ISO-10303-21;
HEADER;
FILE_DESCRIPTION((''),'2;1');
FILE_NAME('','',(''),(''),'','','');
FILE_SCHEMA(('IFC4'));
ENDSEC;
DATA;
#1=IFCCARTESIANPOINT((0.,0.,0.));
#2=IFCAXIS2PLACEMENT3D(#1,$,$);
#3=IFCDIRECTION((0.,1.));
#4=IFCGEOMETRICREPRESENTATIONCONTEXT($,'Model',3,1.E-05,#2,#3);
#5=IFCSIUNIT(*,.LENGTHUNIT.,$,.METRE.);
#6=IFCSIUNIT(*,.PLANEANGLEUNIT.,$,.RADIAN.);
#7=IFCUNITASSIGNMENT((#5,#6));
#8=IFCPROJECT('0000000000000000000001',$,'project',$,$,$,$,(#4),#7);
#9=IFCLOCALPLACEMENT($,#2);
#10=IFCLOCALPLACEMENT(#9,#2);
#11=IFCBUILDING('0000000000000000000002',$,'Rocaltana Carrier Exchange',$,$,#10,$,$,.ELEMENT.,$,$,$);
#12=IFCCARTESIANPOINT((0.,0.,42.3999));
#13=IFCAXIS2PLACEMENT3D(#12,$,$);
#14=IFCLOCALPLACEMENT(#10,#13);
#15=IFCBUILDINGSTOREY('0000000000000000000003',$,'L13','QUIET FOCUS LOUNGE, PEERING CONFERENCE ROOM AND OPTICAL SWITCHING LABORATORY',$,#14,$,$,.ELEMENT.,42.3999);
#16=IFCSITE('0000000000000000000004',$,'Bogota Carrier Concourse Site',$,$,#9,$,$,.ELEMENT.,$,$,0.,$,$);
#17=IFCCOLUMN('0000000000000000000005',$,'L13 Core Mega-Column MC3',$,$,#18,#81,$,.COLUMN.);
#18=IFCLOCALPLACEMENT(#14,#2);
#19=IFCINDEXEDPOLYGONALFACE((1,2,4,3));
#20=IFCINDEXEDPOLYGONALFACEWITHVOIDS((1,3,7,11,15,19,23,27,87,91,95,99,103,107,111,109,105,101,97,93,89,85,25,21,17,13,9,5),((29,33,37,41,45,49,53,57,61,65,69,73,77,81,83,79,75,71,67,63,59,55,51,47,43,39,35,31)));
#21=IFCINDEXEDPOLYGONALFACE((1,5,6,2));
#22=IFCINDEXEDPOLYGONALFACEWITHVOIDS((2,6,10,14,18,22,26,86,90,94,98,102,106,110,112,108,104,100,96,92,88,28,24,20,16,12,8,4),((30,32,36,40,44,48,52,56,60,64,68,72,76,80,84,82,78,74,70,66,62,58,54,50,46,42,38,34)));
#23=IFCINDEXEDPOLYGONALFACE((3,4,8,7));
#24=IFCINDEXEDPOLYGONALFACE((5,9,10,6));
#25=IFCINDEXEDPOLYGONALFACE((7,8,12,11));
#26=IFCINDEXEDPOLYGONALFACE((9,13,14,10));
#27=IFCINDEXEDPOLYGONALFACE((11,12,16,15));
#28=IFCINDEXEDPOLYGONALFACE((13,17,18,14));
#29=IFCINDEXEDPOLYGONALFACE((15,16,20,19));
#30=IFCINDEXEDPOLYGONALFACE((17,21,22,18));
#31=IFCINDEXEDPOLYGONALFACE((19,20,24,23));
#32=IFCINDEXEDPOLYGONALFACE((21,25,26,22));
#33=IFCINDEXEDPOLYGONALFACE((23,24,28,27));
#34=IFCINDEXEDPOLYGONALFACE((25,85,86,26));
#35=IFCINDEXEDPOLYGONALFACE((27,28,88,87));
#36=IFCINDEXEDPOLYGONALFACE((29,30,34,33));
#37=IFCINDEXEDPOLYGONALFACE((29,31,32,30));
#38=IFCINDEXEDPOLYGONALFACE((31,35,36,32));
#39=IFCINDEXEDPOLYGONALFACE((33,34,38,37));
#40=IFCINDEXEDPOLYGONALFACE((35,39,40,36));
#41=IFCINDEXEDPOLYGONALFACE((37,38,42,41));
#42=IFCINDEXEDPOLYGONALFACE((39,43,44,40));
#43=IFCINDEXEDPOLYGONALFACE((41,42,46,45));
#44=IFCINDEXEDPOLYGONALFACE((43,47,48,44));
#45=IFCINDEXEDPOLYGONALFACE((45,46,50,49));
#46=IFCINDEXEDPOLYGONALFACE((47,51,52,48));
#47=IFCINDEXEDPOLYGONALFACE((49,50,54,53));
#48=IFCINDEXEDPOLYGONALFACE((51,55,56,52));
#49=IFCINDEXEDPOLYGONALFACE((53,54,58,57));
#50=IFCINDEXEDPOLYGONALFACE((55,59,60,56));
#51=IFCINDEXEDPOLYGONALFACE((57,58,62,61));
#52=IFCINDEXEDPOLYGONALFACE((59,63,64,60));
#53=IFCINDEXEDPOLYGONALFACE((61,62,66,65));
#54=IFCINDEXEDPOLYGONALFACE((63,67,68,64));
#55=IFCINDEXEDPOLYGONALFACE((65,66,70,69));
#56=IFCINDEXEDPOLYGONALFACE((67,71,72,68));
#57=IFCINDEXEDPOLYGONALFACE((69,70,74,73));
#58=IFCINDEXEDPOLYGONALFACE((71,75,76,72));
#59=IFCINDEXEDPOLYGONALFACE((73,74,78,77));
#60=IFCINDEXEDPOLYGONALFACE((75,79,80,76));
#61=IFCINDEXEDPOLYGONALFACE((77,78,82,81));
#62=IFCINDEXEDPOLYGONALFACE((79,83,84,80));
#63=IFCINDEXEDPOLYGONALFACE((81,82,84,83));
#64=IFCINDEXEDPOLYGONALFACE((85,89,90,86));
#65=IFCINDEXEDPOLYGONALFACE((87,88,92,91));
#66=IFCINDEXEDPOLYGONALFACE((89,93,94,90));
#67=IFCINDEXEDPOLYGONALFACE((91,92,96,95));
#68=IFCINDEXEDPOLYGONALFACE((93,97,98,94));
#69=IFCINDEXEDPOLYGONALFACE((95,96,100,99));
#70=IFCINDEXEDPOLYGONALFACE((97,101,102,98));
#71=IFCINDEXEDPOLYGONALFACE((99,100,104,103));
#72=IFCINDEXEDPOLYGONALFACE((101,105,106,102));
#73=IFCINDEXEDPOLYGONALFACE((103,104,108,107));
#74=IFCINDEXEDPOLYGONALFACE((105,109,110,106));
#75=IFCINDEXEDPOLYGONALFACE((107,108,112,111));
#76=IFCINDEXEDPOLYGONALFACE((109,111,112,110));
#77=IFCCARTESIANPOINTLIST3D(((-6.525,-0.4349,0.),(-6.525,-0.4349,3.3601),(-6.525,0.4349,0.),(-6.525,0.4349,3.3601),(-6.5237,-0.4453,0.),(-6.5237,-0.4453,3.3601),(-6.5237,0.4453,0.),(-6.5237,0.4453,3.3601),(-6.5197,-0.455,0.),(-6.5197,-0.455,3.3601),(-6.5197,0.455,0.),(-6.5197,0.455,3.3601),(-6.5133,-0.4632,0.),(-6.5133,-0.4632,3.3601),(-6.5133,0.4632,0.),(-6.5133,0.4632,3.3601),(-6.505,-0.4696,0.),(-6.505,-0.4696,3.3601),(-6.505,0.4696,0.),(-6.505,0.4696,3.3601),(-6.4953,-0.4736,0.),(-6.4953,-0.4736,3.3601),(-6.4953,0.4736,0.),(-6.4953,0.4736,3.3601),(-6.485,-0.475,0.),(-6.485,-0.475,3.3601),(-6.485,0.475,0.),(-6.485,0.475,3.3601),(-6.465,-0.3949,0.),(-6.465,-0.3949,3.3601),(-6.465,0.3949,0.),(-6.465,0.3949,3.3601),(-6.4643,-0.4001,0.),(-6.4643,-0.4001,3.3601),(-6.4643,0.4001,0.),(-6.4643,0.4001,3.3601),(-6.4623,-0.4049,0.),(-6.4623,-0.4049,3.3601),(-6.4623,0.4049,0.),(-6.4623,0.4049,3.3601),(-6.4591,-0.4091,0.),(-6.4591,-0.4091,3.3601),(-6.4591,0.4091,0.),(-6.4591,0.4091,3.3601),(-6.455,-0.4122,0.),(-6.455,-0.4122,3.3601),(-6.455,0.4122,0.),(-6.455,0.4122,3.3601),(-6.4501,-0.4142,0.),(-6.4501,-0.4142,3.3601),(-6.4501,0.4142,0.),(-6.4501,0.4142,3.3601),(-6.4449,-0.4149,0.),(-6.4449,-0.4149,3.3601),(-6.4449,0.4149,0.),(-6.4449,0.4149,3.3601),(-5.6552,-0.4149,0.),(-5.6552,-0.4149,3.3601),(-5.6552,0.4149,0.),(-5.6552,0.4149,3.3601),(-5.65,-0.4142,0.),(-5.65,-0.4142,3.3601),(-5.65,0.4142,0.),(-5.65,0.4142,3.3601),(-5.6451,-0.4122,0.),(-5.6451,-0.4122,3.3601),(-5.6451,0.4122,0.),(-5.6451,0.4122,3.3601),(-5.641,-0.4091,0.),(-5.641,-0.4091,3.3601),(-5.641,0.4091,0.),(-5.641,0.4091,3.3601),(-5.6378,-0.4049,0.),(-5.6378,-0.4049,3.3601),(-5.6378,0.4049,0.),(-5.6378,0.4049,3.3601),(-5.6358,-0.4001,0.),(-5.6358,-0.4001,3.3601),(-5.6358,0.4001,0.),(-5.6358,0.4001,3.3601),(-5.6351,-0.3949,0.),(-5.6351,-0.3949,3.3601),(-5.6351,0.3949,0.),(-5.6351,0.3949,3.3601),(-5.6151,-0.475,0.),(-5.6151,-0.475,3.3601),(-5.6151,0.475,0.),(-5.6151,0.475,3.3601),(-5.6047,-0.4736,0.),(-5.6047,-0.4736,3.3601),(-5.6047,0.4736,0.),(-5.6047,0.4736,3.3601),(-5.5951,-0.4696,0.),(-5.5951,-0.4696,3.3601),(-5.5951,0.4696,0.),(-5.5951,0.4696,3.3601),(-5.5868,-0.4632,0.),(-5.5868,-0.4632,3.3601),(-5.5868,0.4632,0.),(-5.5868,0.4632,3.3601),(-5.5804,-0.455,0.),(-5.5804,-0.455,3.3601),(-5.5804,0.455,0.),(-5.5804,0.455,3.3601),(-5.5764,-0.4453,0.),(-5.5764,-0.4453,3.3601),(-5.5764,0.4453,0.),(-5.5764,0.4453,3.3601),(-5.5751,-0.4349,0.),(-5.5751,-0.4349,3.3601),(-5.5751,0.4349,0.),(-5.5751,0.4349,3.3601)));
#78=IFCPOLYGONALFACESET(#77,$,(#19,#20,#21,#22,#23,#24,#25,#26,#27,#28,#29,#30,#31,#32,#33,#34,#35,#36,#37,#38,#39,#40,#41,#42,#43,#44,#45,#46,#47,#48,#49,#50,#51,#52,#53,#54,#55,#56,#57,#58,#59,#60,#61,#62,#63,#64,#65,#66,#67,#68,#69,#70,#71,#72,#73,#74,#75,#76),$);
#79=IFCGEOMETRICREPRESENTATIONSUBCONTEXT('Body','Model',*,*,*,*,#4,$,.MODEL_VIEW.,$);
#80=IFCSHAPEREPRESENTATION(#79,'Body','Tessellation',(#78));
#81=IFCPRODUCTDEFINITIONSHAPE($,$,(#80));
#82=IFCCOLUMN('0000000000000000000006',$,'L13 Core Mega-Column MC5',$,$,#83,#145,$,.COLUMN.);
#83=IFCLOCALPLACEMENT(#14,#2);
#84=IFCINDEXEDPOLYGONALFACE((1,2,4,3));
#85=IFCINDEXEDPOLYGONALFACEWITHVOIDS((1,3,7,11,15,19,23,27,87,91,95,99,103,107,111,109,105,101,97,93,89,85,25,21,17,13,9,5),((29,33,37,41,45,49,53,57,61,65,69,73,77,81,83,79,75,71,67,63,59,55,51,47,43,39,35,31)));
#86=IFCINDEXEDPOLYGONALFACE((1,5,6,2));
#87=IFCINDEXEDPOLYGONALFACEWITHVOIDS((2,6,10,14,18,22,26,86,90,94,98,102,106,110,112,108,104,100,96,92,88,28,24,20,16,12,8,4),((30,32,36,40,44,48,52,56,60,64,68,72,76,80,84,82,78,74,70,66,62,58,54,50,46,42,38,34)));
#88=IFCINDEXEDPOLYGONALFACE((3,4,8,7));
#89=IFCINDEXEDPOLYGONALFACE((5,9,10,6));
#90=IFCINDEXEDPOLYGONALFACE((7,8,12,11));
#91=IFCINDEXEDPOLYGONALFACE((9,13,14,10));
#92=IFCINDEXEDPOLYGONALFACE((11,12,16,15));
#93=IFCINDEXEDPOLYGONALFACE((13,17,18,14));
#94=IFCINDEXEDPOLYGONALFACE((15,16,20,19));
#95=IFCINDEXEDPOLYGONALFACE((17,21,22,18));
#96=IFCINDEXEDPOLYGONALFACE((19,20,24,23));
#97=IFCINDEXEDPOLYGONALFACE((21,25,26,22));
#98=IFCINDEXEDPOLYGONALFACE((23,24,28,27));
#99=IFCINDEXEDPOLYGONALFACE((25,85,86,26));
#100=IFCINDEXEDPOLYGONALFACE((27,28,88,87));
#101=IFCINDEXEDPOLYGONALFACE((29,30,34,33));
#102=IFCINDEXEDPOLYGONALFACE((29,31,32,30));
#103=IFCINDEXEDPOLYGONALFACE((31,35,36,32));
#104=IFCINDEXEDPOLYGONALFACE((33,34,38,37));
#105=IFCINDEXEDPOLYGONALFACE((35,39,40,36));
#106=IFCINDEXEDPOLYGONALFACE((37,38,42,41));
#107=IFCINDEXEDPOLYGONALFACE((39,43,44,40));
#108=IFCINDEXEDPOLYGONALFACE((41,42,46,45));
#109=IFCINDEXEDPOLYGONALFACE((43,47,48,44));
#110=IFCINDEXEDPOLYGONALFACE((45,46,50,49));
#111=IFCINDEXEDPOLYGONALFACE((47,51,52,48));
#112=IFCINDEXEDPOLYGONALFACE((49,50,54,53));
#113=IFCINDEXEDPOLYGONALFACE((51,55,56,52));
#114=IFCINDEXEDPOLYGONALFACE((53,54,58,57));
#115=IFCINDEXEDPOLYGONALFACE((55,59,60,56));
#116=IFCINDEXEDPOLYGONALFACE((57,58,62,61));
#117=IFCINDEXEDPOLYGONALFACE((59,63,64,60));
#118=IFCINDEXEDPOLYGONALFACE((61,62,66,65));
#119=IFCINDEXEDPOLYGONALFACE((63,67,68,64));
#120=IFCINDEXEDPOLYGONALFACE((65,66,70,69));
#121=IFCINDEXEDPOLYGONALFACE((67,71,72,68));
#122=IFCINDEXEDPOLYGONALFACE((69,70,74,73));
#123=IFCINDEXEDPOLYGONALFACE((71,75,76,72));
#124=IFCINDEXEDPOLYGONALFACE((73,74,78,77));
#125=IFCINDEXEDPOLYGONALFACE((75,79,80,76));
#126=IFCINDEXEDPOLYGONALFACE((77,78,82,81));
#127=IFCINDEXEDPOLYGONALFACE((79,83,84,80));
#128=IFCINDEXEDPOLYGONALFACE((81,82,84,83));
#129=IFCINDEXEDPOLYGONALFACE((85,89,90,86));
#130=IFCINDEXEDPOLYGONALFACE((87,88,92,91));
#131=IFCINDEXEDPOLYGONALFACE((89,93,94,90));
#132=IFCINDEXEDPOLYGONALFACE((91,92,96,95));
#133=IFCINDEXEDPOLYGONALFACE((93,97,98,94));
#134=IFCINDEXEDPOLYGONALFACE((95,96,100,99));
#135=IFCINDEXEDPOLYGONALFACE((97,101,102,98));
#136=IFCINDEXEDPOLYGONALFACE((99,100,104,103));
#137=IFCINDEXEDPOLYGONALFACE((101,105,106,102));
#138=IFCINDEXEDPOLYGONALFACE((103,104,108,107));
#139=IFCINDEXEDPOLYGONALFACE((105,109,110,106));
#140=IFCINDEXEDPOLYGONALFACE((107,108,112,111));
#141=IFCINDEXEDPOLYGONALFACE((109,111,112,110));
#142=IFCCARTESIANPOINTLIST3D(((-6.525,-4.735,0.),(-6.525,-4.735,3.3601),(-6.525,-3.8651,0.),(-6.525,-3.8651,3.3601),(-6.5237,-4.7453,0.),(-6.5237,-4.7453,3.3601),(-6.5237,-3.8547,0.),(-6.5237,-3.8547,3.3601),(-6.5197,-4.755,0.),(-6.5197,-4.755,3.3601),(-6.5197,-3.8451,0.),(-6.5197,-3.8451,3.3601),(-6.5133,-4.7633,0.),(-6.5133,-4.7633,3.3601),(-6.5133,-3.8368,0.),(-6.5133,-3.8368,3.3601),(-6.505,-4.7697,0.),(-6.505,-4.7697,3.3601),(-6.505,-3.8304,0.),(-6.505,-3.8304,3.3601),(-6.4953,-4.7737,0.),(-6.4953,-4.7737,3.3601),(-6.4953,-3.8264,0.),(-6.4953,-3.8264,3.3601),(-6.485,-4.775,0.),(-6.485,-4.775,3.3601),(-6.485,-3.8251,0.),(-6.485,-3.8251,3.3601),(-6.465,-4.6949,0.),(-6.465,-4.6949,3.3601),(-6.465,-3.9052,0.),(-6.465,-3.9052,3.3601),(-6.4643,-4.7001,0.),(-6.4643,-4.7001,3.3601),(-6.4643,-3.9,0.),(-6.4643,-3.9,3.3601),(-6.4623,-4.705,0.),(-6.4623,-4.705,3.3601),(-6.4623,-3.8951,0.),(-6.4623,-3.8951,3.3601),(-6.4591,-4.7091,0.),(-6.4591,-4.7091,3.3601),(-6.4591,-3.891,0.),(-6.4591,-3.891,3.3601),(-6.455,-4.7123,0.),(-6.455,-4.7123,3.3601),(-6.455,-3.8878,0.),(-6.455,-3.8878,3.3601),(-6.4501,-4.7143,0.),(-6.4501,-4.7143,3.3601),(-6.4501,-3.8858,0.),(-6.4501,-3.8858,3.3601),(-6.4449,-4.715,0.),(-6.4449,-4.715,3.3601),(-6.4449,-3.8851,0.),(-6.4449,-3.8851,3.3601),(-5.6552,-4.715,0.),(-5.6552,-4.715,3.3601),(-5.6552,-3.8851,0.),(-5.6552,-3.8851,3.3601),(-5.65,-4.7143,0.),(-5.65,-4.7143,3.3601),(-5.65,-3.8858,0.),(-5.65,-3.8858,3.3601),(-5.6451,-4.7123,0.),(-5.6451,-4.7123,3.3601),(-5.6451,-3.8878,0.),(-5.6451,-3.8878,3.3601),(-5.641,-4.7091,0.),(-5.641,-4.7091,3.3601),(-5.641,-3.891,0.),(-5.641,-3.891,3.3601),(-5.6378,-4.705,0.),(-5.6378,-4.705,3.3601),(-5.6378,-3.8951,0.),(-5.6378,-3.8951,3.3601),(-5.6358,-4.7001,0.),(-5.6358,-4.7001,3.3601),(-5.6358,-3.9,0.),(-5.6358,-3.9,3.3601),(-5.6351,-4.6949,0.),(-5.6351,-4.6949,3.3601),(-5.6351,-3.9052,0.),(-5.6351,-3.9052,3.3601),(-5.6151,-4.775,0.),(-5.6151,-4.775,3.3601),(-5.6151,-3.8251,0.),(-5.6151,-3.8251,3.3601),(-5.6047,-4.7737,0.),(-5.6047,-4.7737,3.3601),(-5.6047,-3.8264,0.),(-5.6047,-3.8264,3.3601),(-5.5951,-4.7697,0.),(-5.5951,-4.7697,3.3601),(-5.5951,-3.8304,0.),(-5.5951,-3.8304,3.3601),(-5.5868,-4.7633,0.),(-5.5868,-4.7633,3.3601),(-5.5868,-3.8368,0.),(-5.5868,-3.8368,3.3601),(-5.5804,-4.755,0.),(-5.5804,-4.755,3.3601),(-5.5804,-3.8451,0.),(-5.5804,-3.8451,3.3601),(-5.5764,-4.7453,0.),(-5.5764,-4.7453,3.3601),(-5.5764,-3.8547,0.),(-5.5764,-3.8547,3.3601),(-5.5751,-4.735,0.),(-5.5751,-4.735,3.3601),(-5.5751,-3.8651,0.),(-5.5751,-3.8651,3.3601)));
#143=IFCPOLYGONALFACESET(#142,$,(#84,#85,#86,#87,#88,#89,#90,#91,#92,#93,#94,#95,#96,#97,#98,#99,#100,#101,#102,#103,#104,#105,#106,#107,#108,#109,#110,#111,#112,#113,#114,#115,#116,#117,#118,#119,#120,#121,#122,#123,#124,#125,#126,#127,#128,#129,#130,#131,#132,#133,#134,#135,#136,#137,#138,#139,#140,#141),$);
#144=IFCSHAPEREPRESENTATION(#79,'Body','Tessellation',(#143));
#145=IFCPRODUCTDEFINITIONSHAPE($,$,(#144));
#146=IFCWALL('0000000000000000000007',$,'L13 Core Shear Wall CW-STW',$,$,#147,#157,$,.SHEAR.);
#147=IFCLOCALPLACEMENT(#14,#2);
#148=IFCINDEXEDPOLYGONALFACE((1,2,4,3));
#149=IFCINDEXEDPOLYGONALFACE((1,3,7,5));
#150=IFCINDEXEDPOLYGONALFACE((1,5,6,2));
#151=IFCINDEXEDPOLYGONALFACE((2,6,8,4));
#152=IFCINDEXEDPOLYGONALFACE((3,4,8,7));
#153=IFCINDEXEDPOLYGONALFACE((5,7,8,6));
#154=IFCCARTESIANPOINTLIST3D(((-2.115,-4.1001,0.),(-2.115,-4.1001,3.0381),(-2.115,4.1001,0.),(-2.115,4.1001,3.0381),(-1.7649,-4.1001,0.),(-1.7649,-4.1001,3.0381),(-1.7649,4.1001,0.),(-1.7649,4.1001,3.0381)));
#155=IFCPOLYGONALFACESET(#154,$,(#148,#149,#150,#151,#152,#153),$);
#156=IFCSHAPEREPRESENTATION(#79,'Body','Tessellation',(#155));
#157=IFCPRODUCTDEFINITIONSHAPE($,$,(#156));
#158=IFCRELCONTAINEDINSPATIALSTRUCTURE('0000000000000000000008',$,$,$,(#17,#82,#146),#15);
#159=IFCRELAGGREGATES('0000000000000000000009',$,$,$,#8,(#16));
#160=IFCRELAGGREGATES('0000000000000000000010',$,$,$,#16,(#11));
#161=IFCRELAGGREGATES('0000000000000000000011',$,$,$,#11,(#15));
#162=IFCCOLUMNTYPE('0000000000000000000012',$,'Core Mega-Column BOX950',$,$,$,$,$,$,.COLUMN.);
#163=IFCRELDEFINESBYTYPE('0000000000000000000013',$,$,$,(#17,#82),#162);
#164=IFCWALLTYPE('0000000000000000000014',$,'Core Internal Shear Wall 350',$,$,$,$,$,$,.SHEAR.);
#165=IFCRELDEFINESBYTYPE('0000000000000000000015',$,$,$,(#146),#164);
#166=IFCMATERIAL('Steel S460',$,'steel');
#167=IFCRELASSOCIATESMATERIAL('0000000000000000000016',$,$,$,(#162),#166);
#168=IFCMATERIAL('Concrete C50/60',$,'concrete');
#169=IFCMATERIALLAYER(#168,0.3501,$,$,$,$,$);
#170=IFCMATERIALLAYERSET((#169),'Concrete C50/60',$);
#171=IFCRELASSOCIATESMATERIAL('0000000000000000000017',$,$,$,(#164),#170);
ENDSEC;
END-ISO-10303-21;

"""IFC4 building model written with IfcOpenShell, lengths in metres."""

from ifc_helpers import new_model, si_unit, direction, frame, frame_2d, origin, origin_2d, place, context, subcontext, project, spatial, rectangle, hollow_rectangle, extrude, material, layer, layer_set, material_profile, profile_set, type_object, element, save


model = new_model("IFC4")

# Units and contexts
model_context = context("Model", 3, precision=1e-05, world=origin(), true_north=direction((0.0, 1.0)))
body_context = subcontext(model_context, "Body", "Model", "MODEL_VIEW")
ifc_project = project(units=[si_unit("LENGTHUNIT", "METRE"), si_unit("PLANEANGLEUNIT", "RADIAN")], contexts=[model_context])

# Site, building, storey
site_placement = place(None, origin())
site = spatial("IfcSite", under=ifc_project, at=site_placement, Name="Bogota Carrier Concourse Site", CompositionType="ELEMENT", RefElevation=0.0)
building_placement = place(site_placement, origin())
building = spatial("IfcBuilding", under=site, at=building_placement, Name="Rocaltana Carrier Exchange", CompositionType="ELEMENT")
storey_placement = place(building_placement, frame((0.0, 0.0, 42.3999)))
storey = spatial("IfcBuildingStorey", under=building, at=storey_placement, Name="L13", Description="QUIET FOCUS LOUNGE, PEERING CONFERENCE ROOM AND OPTICAL SWITCHING LABORATORY", CompositionType="ELEMENT", Elevation=42.3999)

# Columns
ifc_material_1 = material(Name="Steel S460", Category="steel")
ifc_material_profile = material_profile(ifc_material_1, hollow_rectangle(XDim=0.95, YDim=0.95, WallThickness=0.0601, InnerFilletRadius=0.02, OuterFilletRadius=0.04, at=origin_2d()), Name="BOX950X950X60")
ifc_profile_set = profile_set([ifc_material_profile], Name="Steel S460")
column_type = type_object("IfcColumnType", Name="Core Mega-Column BOX950", PredefinedType="COLUMN", material=ifc_profile_set)
for number, where, z_axis, x_axis, name in (
    (1, (-6.05, 0.0, 0.0), (0.0, 0.0, 1.0), (1.0, 0.0, 0.0), "L13 Core Mega-Column MC3"),
    (2, (-6.05, -4.3, 0.0), (0.0, 0.0, 1.0), (1.0, 0.0, 0.0), "L13 Core Mega-Column MC5"),
):
    element("IfcColumn", number, at=place(storey_placement, frame(where, z_axis=z_axis, x_axis=x_axis)), inside=storey, type_object=column_type, Name=name, PredefinedType="COLUMN", context=body_context, shape_type="SweptSolid", body=[
        extrude(hollow_rectangle(XDim=0.95, YDim=0.95, WallThickness=0.0601, InnerFilletRadius=0.02, OuterFilletRadius=0.04, at=origin_2d()), origin(), (0.0, 0.0, 1.0), 3.3601),
    ])

# Wall
ifc_material_2 = material(Name="Concrete C50/60", Category="concrete")
ifc_layer_1 = layer(ifc_material_2, 0.3501)
ifc_layer_set_1 = layer_set([ifc_layer_1], Name="Concrete C50/60")
wall_type_1 = type_object("IfcWallType", Name="Core Internal Shear Wall 350", PredefinedType="SHEAR", material=ifc_layer_set_1)
wall_1_placement = place(storey_placement, frame((-1.9399, -4.1001, 0.0), z_axis=(0.0, 0.0, 1.0), x_axis=(0.0, 1.0, 0.0)))
element("IfcWall", 3, at=wall_1_placement, inside=storey, type_object=wall_type_1, Name="L13 Core Shear Wall CW-STW", PredefinedType="SHEAR", context=body_context, shape_type="SweptSolid", body=[
    extrude(rectangle(XDim=8.2002, YDim=0.3501, at=frame_2d((4.1001, 0.0))), origin(), (0.0, 0.0, 1.0), 3.0381),
])

save(model, "model.ifc")
